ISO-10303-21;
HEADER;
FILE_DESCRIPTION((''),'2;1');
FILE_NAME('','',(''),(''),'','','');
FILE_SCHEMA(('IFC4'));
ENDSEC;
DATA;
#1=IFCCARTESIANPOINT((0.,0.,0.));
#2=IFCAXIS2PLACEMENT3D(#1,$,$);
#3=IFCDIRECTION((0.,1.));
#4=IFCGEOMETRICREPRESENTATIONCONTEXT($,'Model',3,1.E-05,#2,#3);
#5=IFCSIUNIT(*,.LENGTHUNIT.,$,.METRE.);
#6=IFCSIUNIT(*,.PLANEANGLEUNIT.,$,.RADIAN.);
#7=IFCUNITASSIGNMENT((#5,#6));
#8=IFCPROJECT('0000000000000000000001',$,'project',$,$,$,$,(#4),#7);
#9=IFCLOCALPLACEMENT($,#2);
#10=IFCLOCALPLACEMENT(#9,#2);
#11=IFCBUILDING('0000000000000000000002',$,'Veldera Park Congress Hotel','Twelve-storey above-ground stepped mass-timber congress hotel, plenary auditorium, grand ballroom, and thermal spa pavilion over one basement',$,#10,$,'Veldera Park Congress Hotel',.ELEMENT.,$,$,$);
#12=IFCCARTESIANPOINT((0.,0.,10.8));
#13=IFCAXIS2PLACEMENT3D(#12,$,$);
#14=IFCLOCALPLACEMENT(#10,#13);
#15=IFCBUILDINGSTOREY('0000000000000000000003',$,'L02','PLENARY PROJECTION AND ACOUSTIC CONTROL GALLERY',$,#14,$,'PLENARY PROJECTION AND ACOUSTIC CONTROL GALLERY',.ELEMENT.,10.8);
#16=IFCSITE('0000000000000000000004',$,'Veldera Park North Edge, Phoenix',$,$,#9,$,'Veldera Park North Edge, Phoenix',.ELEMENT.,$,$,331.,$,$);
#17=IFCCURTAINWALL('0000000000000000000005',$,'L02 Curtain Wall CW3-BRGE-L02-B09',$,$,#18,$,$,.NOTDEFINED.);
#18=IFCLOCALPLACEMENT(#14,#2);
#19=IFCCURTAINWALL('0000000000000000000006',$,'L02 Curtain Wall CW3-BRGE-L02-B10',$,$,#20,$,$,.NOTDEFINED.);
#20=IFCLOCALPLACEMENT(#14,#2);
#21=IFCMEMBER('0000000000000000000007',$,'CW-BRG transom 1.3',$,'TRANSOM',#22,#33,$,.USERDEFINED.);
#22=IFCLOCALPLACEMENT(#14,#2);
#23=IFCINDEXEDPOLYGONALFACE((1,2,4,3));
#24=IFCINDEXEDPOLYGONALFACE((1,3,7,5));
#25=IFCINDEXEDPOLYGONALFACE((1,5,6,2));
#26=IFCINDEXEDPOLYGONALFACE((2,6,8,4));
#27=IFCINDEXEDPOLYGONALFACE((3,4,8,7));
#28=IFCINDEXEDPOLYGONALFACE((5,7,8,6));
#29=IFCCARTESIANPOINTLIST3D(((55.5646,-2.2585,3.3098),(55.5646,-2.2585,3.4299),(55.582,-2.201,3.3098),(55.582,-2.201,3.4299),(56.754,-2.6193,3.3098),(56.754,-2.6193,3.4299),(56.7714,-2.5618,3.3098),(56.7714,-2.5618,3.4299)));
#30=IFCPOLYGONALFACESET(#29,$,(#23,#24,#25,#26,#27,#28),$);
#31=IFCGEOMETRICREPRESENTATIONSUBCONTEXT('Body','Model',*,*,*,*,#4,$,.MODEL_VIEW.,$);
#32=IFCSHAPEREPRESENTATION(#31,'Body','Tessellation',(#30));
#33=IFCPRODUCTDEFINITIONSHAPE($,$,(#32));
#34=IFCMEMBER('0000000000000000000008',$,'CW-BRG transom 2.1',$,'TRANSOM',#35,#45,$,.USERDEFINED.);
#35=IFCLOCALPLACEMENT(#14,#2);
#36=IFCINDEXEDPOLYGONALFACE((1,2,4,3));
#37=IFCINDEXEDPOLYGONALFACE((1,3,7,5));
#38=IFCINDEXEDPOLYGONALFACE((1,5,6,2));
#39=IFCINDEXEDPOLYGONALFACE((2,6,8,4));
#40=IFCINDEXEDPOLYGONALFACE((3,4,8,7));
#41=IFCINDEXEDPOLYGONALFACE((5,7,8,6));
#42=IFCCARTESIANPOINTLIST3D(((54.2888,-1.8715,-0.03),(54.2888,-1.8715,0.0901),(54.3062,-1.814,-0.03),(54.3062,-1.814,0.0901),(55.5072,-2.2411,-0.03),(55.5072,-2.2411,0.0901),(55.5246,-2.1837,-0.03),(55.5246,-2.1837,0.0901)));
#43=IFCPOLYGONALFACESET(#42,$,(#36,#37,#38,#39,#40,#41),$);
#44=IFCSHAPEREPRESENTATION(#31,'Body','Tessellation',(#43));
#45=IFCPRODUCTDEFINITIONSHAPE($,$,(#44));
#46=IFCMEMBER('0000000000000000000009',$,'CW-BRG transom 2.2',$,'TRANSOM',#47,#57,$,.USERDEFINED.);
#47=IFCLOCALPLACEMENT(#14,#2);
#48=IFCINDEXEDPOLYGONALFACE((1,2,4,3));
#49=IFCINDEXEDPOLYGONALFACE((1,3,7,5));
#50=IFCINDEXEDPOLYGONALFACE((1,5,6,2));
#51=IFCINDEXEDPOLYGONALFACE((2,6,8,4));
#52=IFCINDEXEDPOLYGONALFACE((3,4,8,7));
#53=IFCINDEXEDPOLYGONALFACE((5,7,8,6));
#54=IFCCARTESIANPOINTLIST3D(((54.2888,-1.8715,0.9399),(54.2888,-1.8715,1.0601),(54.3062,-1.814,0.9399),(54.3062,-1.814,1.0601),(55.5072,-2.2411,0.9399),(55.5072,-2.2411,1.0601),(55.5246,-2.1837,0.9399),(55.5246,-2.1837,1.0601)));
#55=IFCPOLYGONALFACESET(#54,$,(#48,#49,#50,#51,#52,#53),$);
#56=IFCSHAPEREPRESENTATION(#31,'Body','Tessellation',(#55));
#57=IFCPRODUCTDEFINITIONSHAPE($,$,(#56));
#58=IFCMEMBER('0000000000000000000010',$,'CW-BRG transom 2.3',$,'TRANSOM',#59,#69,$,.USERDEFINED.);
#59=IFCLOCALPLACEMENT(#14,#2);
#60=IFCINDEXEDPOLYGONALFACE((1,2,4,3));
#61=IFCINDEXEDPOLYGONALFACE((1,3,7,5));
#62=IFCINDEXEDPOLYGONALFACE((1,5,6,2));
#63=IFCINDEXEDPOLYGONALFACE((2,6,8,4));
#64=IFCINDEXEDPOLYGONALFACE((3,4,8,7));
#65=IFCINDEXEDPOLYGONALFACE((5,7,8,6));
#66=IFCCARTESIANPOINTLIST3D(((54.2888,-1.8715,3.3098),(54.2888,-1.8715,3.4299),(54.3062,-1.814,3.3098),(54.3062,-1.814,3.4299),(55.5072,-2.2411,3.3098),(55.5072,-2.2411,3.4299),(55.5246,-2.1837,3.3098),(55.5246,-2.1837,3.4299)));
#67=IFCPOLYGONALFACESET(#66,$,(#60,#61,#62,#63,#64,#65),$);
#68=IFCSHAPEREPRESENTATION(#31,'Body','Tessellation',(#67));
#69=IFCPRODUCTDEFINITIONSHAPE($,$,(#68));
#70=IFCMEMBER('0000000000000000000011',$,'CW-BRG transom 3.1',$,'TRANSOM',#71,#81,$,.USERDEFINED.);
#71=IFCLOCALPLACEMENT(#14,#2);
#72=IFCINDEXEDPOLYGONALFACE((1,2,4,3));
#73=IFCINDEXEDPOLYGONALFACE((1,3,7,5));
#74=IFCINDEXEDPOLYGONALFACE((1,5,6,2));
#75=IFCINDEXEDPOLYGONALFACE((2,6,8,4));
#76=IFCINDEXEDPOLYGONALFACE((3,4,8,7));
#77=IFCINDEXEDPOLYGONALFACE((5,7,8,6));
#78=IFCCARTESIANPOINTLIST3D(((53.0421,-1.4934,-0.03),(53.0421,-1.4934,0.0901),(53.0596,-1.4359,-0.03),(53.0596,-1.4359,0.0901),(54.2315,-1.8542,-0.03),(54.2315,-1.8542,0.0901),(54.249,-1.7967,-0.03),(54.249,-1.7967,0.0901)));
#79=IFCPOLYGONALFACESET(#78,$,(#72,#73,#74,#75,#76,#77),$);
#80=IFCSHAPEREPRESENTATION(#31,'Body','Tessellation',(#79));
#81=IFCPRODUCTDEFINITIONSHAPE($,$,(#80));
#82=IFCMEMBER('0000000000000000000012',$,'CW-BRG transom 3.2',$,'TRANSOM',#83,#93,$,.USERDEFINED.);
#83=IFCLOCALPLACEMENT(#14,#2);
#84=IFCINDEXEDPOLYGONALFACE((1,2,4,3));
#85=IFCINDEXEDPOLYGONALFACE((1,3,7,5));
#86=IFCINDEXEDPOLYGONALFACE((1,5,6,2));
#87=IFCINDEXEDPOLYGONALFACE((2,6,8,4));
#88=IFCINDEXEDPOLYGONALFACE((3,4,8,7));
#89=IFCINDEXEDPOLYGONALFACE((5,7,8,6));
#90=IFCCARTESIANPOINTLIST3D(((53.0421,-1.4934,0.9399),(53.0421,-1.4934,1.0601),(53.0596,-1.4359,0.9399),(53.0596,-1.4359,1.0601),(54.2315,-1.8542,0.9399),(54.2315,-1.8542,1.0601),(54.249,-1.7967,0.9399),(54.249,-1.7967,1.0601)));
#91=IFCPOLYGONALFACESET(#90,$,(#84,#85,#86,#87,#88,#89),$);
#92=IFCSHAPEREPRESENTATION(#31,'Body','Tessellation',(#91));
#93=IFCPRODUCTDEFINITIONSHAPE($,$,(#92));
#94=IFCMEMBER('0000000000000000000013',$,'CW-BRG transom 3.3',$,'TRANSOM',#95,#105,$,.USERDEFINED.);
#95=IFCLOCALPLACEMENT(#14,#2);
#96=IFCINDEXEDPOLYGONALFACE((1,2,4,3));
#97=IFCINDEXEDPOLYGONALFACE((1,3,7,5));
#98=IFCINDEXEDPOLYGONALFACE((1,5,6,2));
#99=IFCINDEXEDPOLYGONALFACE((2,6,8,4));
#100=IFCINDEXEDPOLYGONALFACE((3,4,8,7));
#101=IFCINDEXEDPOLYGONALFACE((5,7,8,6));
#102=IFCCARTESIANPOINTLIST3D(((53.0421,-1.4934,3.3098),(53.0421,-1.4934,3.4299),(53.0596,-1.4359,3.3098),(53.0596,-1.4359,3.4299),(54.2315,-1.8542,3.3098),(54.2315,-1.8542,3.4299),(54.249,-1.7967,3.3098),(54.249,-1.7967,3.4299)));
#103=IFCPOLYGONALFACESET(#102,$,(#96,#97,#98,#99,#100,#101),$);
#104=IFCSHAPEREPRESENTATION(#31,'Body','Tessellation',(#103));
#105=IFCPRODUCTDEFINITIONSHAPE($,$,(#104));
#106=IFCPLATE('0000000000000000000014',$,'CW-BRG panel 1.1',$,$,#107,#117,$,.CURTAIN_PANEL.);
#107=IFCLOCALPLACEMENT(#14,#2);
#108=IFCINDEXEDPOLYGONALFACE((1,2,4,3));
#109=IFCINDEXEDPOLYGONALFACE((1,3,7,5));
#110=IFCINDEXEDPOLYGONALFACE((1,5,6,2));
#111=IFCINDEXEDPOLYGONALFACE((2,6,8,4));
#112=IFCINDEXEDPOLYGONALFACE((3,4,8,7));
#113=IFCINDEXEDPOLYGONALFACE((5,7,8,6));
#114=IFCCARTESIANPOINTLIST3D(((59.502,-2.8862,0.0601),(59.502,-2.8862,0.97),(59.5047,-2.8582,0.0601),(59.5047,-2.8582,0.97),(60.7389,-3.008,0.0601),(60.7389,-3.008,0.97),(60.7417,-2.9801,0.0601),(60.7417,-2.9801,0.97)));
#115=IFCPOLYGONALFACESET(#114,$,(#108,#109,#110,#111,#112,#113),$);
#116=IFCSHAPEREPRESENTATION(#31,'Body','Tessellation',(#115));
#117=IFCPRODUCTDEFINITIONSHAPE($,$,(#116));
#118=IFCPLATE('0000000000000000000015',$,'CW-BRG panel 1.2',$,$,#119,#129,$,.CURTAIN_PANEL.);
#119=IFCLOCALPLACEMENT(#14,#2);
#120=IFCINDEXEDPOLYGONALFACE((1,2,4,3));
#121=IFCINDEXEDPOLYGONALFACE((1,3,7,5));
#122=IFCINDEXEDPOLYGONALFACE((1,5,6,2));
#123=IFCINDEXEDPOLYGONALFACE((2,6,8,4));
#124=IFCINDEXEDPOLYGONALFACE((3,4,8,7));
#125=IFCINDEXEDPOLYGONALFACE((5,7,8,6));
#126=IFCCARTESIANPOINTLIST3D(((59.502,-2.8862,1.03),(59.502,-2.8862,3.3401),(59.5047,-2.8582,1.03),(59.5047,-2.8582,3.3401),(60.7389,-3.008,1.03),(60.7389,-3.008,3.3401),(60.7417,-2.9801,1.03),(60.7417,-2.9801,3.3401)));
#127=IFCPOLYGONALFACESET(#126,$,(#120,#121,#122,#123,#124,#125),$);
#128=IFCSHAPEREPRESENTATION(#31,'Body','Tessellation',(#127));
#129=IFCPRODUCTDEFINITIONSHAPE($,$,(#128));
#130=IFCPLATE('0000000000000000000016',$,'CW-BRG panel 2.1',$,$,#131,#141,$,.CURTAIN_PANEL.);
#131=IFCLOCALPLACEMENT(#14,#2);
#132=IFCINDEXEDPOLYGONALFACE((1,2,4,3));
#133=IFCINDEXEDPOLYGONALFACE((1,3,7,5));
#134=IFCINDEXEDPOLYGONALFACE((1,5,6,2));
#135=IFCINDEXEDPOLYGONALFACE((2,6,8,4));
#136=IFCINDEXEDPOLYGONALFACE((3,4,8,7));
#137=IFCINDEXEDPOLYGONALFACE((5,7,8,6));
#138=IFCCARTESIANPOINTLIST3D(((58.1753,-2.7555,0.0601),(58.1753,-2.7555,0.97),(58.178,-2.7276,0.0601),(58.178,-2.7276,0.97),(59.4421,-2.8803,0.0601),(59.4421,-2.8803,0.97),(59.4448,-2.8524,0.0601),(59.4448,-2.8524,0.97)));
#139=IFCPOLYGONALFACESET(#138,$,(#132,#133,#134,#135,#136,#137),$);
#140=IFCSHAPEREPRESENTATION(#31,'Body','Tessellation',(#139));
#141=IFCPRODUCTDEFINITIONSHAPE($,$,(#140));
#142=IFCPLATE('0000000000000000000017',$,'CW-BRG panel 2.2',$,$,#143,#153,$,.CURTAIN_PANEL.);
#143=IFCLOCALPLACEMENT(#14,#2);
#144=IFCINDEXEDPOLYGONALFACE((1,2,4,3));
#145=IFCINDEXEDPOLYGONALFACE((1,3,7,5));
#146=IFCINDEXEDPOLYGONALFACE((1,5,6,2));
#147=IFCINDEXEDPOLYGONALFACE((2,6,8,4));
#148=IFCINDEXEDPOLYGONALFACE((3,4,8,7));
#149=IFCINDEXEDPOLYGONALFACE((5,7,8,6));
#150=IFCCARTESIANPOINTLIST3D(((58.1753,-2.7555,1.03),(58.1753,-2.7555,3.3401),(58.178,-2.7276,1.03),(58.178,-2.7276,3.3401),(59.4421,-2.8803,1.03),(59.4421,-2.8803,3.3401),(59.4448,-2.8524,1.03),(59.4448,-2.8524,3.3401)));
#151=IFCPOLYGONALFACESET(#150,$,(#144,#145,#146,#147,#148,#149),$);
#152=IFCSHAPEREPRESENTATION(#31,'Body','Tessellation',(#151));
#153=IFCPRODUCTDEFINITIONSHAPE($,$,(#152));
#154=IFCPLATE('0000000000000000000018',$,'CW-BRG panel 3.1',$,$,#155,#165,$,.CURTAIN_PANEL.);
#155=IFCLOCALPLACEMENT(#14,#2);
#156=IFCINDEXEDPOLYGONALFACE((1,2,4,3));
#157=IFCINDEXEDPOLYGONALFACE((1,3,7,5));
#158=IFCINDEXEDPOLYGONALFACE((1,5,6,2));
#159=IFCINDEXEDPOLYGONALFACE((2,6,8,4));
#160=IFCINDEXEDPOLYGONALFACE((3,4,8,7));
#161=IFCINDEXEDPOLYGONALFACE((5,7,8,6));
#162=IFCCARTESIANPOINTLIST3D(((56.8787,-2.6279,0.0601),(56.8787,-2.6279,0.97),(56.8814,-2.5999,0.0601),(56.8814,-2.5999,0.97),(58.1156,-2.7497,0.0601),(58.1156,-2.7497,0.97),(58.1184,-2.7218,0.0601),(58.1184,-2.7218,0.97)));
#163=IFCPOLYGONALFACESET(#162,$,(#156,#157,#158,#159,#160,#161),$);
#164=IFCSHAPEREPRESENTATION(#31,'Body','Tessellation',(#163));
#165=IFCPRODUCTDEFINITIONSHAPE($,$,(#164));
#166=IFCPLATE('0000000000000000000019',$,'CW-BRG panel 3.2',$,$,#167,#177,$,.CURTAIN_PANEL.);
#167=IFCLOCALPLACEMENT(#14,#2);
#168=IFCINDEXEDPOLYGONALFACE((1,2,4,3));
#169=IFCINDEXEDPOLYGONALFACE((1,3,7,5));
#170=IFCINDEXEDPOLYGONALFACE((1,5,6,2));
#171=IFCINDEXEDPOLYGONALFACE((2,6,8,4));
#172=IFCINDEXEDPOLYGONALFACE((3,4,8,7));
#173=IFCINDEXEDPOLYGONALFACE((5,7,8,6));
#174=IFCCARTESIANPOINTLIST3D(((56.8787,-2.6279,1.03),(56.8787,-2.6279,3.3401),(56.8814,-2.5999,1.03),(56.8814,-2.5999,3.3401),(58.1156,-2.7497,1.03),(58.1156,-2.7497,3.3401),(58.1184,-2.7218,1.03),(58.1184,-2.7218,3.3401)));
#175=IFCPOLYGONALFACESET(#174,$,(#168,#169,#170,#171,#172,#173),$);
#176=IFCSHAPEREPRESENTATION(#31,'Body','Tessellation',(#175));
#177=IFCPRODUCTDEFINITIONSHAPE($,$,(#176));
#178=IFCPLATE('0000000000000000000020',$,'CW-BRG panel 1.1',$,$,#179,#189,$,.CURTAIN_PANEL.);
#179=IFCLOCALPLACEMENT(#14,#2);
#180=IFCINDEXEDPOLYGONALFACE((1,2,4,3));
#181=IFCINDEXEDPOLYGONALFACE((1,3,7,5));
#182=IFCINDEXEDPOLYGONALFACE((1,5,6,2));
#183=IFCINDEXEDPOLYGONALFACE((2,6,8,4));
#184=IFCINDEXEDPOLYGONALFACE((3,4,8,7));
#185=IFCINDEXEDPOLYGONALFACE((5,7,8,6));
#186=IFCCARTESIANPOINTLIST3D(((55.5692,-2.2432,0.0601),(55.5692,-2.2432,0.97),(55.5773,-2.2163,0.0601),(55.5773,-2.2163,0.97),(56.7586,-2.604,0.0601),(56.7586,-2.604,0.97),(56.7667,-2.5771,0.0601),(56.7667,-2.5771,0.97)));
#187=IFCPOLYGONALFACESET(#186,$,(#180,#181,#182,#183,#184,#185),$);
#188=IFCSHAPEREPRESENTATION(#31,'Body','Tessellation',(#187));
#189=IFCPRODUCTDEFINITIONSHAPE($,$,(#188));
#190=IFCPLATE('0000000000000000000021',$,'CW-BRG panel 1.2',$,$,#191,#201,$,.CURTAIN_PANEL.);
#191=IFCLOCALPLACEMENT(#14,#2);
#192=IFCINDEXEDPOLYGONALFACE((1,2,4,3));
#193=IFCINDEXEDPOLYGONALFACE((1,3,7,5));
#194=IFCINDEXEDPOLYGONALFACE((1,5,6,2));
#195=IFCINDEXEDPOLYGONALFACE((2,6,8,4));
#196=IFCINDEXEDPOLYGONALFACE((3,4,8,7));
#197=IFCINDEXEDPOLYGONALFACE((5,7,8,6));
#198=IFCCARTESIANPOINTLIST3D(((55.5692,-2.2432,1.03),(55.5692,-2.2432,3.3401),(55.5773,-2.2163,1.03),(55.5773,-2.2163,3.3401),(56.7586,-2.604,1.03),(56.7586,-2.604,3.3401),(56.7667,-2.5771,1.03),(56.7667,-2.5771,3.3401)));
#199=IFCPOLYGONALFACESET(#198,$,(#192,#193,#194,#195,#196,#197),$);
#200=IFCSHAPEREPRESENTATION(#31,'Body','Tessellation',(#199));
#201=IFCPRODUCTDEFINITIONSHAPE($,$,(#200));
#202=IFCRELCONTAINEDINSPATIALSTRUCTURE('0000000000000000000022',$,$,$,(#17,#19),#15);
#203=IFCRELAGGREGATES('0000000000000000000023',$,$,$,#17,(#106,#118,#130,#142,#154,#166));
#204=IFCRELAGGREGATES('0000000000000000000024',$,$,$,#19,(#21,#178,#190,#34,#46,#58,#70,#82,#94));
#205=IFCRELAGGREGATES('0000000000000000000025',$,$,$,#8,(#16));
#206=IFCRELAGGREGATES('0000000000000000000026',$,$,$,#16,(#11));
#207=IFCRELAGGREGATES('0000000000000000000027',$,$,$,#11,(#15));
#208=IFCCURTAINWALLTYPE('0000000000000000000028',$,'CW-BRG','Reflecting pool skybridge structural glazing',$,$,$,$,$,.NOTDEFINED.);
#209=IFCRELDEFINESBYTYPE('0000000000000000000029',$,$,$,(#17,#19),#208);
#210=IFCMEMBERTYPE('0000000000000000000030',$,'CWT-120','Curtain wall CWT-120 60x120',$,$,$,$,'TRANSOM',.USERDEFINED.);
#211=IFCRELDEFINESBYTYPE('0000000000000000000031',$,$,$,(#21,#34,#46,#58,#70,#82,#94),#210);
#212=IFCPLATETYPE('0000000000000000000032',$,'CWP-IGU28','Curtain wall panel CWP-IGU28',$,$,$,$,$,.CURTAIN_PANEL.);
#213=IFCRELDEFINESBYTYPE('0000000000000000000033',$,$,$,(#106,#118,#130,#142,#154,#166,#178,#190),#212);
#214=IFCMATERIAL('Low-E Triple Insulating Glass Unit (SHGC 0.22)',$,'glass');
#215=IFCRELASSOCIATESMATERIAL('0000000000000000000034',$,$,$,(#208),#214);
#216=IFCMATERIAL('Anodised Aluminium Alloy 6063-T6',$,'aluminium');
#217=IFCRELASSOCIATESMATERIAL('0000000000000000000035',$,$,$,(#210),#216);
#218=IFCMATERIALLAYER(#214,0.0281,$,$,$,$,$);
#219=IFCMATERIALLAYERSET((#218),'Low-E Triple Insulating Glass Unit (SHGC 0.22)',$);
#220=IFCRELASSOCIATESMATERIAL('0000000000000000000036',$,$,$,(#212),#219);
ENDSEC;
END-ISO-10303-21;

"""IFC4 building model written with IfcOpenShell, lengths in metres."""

from ifc_helpers import new_model, si_unit, direction, frame, origin, origin_2d, place, context, subcontext, project, spatial, rectangle, extrude, material, layer, layer_set, material_profile, profile_set, type_object, element, aggregate, save


model = new_model("IFC4")

# Units and contexts
model_context = context("Model", 3, precision=1e-05, world=origin(), true_north=direction((0.0, 1.0)))
body_context = subcontext(model_context, "Body", "Model", "MODEL_VIEW")
ifc_project = project(units=[si_unit("LENGTHUNIT", "METRE"), si_unit("PLANEANGLEUNIT", "RADIAN")], contexts=[model_context])

# Site, building, storey
site_placement = place(None, origin())
site = spatial("IfcSite", under=ifc_project, at=site_placement, Name="Veldera Park North Edge, Phoenix", LongName="Veldera Park North Edge, Phoenix", CompositionType="ELEMENT", RefElevation=331.0)
building_placement = place(site_placement, origin())
building = spatial("IfcBuilding", under=site, at=building_placement, Name="Veldera Park Congress Hotel", Description="Twelve-storey above-ground stepped mass-timber congress hotel, plenary auditorium, grand ballroom, and thermal spa pavilion over one basement", LongName="Veldera Park Congress Hotel", CompositionType="ELEMENT")
storey_placement = place(building_placement, frame((0.0, 0.0, 10.8)))
storey = spatial("IfcBuildingStorey", under=building, at=storey_placement, Name="L02", Description="PLENARY PROJECTION AND ACOUSTIC CONTROL GALLERY", LongName="PLENARY PROJECTION AND ACOUSTIC CONTROL GALLERY", CompositionType="ELEMENT", Elevation=10.8)

# Curtain walls
ifc_material_1 = material(Name="Low-E Triple Insulating Glass Unit (SHGC 0.22)", Category="glass")
curtain_wall_type = type_object("IfcCurtainWallType", Name="CW-BRG", Description="Reflecting pool skybridge structural glazing", PredefinedType="NOTDEFINED", material=ifc_material_1)
curtain_wall_1_placement = place(storey_placement, origin())
curtain_wall_1 = element("IfcCurtainWall", 1, at=curtain_wall_1_placement, inside=storey, type_object=curtain_wall_type, Name="L02 Curtain Wall CW3-BRGE-L02-B09", PredefinedType="NOTDEFINED")
ifc_material_2 = material(Name="Anodised Aluminium Alloy 6063-T6", Category="aluminium")
curtain_wall_2_placement = place(storey_placement, origin())
curtain_wall_2 = element("IfcCurtainWall", 2, at=curtain_wall_2_placement, inside=storey, type_object=curtain_wall_type, Name="L02 Curtain Wall CW3-BRGE-L02-B10", PredefinedType="NOTDEFINED")

# Members
ifc_material_profile_1 = material_profile(ifc_material_2, rectangle(XDim=0.0601, YDim=0.1201, at=origin_2d()), Name="ALU 60x120")
ifc_profile_set_1 = profile_set([ifc_material_profile_1], Name="Anodised Aluminium Alloy 6063-T6")
member_type_1 = type_object("IfcMemberType", Name="CWT-120", Description="Curtain wall CWT-120 60x120", ElementType="TRANSOM", PredefinedType="USERDEFINED", material=ifc_profile_set_1)
member_1_placement = place(storey_placement, frame((56.7627, -2.5906, 3.3699), z_axis=(-0.956935, 0.290302, 0.0), x_axis=(-0.290302, -0.956935, 0.0)))
member_1 = element("IfcMember", 3, at=member_1_placement, type_object=member_type_1, Name="CW-BRG transom 1.3", ObjectType="TRANSOM", PredefinedType="USERDEFINED", context=body_context, shape_type="SweptSolid", body=[
    extrude(rectangle(XDim=0.0601, YDim=0.1201, at=origin_2d()), origin(), (0.0, 0.0, 1.0), 1.2429),
])
member_2_placement = place(storey_placement, frame((55.5159, -2.2124, 0.03), z_axis=(-0.956924, 0.290337, 0.0), x_axis=(-0.290337, -0.956924, 0.0)))
member_2 = element("IfcMember", 4, at=member_2_placement, type_object=member_type_1, Name="CW-BRG transom 2.1", ObjectType="TRANSOM", PredefinedType="USERDEFINED", context=body_context, shape_type="SweptSolid", body=[
    extrude(rectangle(XDim=0.0601, YDim=0.1201, at=origin_2d()), origin(), (0.0, 0.0, 1.0), 1.2732),
])
member_3_placement = place(storey_placement, frame((55.5159, -2.2124, 1.0), z_axis=(-0.956924, 0.290337, 0.0), x_axis=(-0.290337, -0.956924, 0.0)))
member_3 = element("IfcMember", 5, at=member_3_placement, type_object=member_type_1, Name="CW-BRG transom 2.2", ObjectType="TRANSOM", PredefinedType="USERDEFINED", context=body_context, shape_type="SweptSolid", body=[
    extrude(rectangle(XDim=0.0601, YDim=0.1201, at=origin_2d()), origin(), (0.0, 0.0, 1.0), 1.2732),
])
member_4_placement = place(storey_placement, frame((55.5159, -2.2124, 3.3699), z_axis=(-0.956924, 0.290337, 0.0), x_axis=(-0.290337, -0.956924, 0.0)))
member_4 = element("IfcMember", 6, at=member_4_placement, type_object=member_type_1, Name="CW-BRG transom 2.3", ObjectType="TRANSOM", PredefinedType="USERDEFINED", context=body_context, shape_type="SweptSolid", body=[
    extrude(rectangle(XDim=0.0601, YDim=0.1201, at=origin_2d()), origin(), (0.0, 0.0, 1.0), 1.2732),
])
member_5_placement = place(storey_placement, frame((54.2402, -1.8254, 0.03), z_axis=(-0.956935, 0.290302, 0.0), x_axis=(-0.290302, -0.956935, 0.0)))
member_5 = element("IfcMember", 7, at=member_5_placement, type_object=member_type_1, Name="CW-BRG transom 3.1", ObjectType="TRANSOM", PredefinedType="USERDEFINED", context=body_context, shape_type="SweptSolid", body=[
    extrude(rectangle(XDim=0.0601, YDim=0.1201, at=origin_2d()), origin(), (0.0, 0.0, 1.0), 1.2429),
])
member_6_placement = place(storey_placement, frame((54.2402, -1.8254, 1.0), z_axis=(-0.956935, 0.290302, 0.0), x_axis=(-0.290302, -0.956935, 0.0)))
member_6 = element("IfcMember", 8, at=member_6_placement, type_object=member_type_1, Name="CW-BRG transom 3.2", ObjectType="TRANSOM", PredefinedType="USERDEFINED", context=body_context, shape_type="SweptSolid", body=[
    extrude(rectangle(XDim=0.0601, YDim=0.1201, at=origin_2d()), origin(), (0.0, 0.0, 1.0), 1.2429),
])
member_7_placement = place(storey_placement, frame((54.2402, -1.8254, 3.3699), z_axis=(-0.956935, 0.290302, 0.0), x_axis=(-0.290302, -0.956935, 0.0)))
member_7 = element("IfcMember", 9, at=member_7_placement, type_object=member_type_1, Name="CW-BRG transom 3.3", ObjectType="TRANSOM", PredefinedType="USERDEFINED", context=body_context, shape_type="SweptSolid", body=[
    extrude(rectangle(XDim=0.0601, YDim=0.1201, at=origin_2d()), origin(), (0.0, 0.0, 1.0), 1.2429),
])

# Plates
ifc_layer = layer(ifc_material_1, 0.0281)
ifc_layer_set = layer_set([ifc_layer], Name="Low-E Triple Insulating Glass Unit (SHGC 0.22)")
plate_type = type_object("IfcPlateType", Name="CWP-IGU28", Description="Curtain wall panel CWP-IGU28", PredefinedType="CURTAIN_PANEL", material=ifc_layer_set)
plate_1_placement = place(storey_placement, frame((60.1218, -2.9331, 0.0601), z_axis=(0.0, 0.0, 1.0), x_axis=(-0.995184, 0.098023, 0.0)))
plate_1 = element("IfcPlate", 10, at=plate_1_placement, type_object=plate_type, Name="CW-BRG panel 1.1", PredefinedType="CURTAIN_PANEL", context=body_context, shape_type="SweptSolid", body=[
    extrude(rectangle(XDim=1.2429, YDim=0.0281, at=origin_2d()), origin(), (0.0, 0.0, 1.0), 0.9099),
])
plate_2_placement = place(storey_placement, frame((60.1218, -2.9331, 1.03), z_axis=(0.0, 0.0, 1.0), x_axis=(-0.995184, 0.098023, 0.0)))
plate_2 = element("IfcPlate", 11, at=plate_2_placement, type_object=plate_type, Name="CW-BRG panel 1.2", PredefinedType="CURTAIN_PANEL", context=body_context, shape_type="SweptSolid", body=[
    extrude(rectangle(XDim=1.2429, YDim=0.0281, at=origin_2d()), origin(), (0.0, 0.0, 1.0), 2.3101),
])
plate_3_placement = place(storey_placement, frame((58.8101, -2.804, 0.0601), z_axis=(0.0, 0.0, 1.0), x_axis=(-0.995184, 0.098023, 0.0)))
plate_3 = element("IfcPlate", 12, at=plate_3_placement, type_object=plate_type, Name="CW-BRG panel 2.1", PredefinedType="CURTAIN_PANEL", context=body_context, shape_type="SweptSolid", body=[
    extrude(rectangle(XDim=1.2729, YDim=0.0281, at=origin_2d()), origin(), (0.0, 0.0, 1.0), 0.9099),
])
plate_4_placement = place(storey_placement, frame((58.8101, -2.804, 1.03), z_axis=(0.0, 0.0, 1.0), x_axis=(-0.995184, 0.098023, 0.0)))
plate_4 = element("IfcPlate", 13, at=plate_4_placement, type_object=plate_type, Name="CW-BRG panel 2.2", PredefinedType="CURTAIN_PANEL", context=body_context, shape_type="SweptSolid", body=[
    extrude(rectangle(XDim=1.2729, YDim=0.0281, at=origin_2d()), origin(), (0.0, 0.0, 1.0), 2.3101),
])
plate_5_placement = place(storey_placement, frame((57.4985, -2.6748, 0.0601), z_axis=(0.0, 0.0, 1.0), x_axis=(-0.995184, 0.098023, 0.0)))
plate_5 = element("IfcPlate", 14, at=plate_5_placement, type_object=plate_type, Name="CW-BRG panel 3.1", PredefinedType="CURTAIN_PANEL", context=body_context, shape_type="SweptSolid", body=[
    extrude(rectangle(XDim=1.2429, YDim=0.0281, at=origin_2d()), origin(), (0.0, 0.0, 1.0), 0.9099),
])
plate_6_placement = place(storey_placement, frame((57.4985, -2.6748, 1.03), z_axis=(0.0, 0.0, 1.0), x_axis=(-0.995184, 0.098023, 0.0)))
plate_6 = element("IfcPlate", 15, at=plate_6_placement, type_object=plate_type, Name="CW-BRG panel 3.2", PredefinedType="CURTAIN_PANEL", context=body_context, shape_type="SweptSolid", body=[
    extrude(rectangle(XDim=1.2429, YDim=0.0281, at=origin_2d()), origin(), (0.0, 0.0, 1.0), 2.3101),
])
aggregate(curtain_wall_1, [plate_1, plate_2, plate_3, plate_4, plate_5, plate_6])
plate_7_placement = place(storey_placement, frame((56.168, -2.4102, 0.0601), z_axis=(0.0, 0.0, 1.0), x_axis=(-0.956939, 0.29029, 0.0)))
plate_7 = element("IfcPlate", 16, at=plate_7_placement, type_object=plate_type, Name="CW-BRG panel 1.1", PredefinedType="CURTAIN_PANEL", context=body_context, shape_type="SweptSolid", body=[
    extrude(rectangle(XDim=1.2429, YDim=0.0281, at=origin_2d()), origin(), (0.0, 0.0, 1.0), 0.9099),
])
plate_8_placement = place(storey_placement, frame((56.168, -2.4102, 1.03), z_axis=(0.0, 0.0, 1.0), x_axis=(-0.956939, 0.29029, 0.0)))
plate_8 = element("IfcPlate", 17, at=plate_8_placement, type_object=plate_type, Name="CW-BRG panel 1.2", PredefinedType="CURTAIN_PANEL", context=body_context, shape_type="SweptSolid", body=[
    extrude(rectangle(XDim=1.2429, YDim=0.0281, at=origin_2d()), origin(), (0.0, 0.0, 1.0), 2.3101),
])
aggregate(curtain_wall_2, [member_1, plate_7, plate_8, member_2, member_3, member_4, member_5, member_6, member_7])

save(model, "model.ifc")
